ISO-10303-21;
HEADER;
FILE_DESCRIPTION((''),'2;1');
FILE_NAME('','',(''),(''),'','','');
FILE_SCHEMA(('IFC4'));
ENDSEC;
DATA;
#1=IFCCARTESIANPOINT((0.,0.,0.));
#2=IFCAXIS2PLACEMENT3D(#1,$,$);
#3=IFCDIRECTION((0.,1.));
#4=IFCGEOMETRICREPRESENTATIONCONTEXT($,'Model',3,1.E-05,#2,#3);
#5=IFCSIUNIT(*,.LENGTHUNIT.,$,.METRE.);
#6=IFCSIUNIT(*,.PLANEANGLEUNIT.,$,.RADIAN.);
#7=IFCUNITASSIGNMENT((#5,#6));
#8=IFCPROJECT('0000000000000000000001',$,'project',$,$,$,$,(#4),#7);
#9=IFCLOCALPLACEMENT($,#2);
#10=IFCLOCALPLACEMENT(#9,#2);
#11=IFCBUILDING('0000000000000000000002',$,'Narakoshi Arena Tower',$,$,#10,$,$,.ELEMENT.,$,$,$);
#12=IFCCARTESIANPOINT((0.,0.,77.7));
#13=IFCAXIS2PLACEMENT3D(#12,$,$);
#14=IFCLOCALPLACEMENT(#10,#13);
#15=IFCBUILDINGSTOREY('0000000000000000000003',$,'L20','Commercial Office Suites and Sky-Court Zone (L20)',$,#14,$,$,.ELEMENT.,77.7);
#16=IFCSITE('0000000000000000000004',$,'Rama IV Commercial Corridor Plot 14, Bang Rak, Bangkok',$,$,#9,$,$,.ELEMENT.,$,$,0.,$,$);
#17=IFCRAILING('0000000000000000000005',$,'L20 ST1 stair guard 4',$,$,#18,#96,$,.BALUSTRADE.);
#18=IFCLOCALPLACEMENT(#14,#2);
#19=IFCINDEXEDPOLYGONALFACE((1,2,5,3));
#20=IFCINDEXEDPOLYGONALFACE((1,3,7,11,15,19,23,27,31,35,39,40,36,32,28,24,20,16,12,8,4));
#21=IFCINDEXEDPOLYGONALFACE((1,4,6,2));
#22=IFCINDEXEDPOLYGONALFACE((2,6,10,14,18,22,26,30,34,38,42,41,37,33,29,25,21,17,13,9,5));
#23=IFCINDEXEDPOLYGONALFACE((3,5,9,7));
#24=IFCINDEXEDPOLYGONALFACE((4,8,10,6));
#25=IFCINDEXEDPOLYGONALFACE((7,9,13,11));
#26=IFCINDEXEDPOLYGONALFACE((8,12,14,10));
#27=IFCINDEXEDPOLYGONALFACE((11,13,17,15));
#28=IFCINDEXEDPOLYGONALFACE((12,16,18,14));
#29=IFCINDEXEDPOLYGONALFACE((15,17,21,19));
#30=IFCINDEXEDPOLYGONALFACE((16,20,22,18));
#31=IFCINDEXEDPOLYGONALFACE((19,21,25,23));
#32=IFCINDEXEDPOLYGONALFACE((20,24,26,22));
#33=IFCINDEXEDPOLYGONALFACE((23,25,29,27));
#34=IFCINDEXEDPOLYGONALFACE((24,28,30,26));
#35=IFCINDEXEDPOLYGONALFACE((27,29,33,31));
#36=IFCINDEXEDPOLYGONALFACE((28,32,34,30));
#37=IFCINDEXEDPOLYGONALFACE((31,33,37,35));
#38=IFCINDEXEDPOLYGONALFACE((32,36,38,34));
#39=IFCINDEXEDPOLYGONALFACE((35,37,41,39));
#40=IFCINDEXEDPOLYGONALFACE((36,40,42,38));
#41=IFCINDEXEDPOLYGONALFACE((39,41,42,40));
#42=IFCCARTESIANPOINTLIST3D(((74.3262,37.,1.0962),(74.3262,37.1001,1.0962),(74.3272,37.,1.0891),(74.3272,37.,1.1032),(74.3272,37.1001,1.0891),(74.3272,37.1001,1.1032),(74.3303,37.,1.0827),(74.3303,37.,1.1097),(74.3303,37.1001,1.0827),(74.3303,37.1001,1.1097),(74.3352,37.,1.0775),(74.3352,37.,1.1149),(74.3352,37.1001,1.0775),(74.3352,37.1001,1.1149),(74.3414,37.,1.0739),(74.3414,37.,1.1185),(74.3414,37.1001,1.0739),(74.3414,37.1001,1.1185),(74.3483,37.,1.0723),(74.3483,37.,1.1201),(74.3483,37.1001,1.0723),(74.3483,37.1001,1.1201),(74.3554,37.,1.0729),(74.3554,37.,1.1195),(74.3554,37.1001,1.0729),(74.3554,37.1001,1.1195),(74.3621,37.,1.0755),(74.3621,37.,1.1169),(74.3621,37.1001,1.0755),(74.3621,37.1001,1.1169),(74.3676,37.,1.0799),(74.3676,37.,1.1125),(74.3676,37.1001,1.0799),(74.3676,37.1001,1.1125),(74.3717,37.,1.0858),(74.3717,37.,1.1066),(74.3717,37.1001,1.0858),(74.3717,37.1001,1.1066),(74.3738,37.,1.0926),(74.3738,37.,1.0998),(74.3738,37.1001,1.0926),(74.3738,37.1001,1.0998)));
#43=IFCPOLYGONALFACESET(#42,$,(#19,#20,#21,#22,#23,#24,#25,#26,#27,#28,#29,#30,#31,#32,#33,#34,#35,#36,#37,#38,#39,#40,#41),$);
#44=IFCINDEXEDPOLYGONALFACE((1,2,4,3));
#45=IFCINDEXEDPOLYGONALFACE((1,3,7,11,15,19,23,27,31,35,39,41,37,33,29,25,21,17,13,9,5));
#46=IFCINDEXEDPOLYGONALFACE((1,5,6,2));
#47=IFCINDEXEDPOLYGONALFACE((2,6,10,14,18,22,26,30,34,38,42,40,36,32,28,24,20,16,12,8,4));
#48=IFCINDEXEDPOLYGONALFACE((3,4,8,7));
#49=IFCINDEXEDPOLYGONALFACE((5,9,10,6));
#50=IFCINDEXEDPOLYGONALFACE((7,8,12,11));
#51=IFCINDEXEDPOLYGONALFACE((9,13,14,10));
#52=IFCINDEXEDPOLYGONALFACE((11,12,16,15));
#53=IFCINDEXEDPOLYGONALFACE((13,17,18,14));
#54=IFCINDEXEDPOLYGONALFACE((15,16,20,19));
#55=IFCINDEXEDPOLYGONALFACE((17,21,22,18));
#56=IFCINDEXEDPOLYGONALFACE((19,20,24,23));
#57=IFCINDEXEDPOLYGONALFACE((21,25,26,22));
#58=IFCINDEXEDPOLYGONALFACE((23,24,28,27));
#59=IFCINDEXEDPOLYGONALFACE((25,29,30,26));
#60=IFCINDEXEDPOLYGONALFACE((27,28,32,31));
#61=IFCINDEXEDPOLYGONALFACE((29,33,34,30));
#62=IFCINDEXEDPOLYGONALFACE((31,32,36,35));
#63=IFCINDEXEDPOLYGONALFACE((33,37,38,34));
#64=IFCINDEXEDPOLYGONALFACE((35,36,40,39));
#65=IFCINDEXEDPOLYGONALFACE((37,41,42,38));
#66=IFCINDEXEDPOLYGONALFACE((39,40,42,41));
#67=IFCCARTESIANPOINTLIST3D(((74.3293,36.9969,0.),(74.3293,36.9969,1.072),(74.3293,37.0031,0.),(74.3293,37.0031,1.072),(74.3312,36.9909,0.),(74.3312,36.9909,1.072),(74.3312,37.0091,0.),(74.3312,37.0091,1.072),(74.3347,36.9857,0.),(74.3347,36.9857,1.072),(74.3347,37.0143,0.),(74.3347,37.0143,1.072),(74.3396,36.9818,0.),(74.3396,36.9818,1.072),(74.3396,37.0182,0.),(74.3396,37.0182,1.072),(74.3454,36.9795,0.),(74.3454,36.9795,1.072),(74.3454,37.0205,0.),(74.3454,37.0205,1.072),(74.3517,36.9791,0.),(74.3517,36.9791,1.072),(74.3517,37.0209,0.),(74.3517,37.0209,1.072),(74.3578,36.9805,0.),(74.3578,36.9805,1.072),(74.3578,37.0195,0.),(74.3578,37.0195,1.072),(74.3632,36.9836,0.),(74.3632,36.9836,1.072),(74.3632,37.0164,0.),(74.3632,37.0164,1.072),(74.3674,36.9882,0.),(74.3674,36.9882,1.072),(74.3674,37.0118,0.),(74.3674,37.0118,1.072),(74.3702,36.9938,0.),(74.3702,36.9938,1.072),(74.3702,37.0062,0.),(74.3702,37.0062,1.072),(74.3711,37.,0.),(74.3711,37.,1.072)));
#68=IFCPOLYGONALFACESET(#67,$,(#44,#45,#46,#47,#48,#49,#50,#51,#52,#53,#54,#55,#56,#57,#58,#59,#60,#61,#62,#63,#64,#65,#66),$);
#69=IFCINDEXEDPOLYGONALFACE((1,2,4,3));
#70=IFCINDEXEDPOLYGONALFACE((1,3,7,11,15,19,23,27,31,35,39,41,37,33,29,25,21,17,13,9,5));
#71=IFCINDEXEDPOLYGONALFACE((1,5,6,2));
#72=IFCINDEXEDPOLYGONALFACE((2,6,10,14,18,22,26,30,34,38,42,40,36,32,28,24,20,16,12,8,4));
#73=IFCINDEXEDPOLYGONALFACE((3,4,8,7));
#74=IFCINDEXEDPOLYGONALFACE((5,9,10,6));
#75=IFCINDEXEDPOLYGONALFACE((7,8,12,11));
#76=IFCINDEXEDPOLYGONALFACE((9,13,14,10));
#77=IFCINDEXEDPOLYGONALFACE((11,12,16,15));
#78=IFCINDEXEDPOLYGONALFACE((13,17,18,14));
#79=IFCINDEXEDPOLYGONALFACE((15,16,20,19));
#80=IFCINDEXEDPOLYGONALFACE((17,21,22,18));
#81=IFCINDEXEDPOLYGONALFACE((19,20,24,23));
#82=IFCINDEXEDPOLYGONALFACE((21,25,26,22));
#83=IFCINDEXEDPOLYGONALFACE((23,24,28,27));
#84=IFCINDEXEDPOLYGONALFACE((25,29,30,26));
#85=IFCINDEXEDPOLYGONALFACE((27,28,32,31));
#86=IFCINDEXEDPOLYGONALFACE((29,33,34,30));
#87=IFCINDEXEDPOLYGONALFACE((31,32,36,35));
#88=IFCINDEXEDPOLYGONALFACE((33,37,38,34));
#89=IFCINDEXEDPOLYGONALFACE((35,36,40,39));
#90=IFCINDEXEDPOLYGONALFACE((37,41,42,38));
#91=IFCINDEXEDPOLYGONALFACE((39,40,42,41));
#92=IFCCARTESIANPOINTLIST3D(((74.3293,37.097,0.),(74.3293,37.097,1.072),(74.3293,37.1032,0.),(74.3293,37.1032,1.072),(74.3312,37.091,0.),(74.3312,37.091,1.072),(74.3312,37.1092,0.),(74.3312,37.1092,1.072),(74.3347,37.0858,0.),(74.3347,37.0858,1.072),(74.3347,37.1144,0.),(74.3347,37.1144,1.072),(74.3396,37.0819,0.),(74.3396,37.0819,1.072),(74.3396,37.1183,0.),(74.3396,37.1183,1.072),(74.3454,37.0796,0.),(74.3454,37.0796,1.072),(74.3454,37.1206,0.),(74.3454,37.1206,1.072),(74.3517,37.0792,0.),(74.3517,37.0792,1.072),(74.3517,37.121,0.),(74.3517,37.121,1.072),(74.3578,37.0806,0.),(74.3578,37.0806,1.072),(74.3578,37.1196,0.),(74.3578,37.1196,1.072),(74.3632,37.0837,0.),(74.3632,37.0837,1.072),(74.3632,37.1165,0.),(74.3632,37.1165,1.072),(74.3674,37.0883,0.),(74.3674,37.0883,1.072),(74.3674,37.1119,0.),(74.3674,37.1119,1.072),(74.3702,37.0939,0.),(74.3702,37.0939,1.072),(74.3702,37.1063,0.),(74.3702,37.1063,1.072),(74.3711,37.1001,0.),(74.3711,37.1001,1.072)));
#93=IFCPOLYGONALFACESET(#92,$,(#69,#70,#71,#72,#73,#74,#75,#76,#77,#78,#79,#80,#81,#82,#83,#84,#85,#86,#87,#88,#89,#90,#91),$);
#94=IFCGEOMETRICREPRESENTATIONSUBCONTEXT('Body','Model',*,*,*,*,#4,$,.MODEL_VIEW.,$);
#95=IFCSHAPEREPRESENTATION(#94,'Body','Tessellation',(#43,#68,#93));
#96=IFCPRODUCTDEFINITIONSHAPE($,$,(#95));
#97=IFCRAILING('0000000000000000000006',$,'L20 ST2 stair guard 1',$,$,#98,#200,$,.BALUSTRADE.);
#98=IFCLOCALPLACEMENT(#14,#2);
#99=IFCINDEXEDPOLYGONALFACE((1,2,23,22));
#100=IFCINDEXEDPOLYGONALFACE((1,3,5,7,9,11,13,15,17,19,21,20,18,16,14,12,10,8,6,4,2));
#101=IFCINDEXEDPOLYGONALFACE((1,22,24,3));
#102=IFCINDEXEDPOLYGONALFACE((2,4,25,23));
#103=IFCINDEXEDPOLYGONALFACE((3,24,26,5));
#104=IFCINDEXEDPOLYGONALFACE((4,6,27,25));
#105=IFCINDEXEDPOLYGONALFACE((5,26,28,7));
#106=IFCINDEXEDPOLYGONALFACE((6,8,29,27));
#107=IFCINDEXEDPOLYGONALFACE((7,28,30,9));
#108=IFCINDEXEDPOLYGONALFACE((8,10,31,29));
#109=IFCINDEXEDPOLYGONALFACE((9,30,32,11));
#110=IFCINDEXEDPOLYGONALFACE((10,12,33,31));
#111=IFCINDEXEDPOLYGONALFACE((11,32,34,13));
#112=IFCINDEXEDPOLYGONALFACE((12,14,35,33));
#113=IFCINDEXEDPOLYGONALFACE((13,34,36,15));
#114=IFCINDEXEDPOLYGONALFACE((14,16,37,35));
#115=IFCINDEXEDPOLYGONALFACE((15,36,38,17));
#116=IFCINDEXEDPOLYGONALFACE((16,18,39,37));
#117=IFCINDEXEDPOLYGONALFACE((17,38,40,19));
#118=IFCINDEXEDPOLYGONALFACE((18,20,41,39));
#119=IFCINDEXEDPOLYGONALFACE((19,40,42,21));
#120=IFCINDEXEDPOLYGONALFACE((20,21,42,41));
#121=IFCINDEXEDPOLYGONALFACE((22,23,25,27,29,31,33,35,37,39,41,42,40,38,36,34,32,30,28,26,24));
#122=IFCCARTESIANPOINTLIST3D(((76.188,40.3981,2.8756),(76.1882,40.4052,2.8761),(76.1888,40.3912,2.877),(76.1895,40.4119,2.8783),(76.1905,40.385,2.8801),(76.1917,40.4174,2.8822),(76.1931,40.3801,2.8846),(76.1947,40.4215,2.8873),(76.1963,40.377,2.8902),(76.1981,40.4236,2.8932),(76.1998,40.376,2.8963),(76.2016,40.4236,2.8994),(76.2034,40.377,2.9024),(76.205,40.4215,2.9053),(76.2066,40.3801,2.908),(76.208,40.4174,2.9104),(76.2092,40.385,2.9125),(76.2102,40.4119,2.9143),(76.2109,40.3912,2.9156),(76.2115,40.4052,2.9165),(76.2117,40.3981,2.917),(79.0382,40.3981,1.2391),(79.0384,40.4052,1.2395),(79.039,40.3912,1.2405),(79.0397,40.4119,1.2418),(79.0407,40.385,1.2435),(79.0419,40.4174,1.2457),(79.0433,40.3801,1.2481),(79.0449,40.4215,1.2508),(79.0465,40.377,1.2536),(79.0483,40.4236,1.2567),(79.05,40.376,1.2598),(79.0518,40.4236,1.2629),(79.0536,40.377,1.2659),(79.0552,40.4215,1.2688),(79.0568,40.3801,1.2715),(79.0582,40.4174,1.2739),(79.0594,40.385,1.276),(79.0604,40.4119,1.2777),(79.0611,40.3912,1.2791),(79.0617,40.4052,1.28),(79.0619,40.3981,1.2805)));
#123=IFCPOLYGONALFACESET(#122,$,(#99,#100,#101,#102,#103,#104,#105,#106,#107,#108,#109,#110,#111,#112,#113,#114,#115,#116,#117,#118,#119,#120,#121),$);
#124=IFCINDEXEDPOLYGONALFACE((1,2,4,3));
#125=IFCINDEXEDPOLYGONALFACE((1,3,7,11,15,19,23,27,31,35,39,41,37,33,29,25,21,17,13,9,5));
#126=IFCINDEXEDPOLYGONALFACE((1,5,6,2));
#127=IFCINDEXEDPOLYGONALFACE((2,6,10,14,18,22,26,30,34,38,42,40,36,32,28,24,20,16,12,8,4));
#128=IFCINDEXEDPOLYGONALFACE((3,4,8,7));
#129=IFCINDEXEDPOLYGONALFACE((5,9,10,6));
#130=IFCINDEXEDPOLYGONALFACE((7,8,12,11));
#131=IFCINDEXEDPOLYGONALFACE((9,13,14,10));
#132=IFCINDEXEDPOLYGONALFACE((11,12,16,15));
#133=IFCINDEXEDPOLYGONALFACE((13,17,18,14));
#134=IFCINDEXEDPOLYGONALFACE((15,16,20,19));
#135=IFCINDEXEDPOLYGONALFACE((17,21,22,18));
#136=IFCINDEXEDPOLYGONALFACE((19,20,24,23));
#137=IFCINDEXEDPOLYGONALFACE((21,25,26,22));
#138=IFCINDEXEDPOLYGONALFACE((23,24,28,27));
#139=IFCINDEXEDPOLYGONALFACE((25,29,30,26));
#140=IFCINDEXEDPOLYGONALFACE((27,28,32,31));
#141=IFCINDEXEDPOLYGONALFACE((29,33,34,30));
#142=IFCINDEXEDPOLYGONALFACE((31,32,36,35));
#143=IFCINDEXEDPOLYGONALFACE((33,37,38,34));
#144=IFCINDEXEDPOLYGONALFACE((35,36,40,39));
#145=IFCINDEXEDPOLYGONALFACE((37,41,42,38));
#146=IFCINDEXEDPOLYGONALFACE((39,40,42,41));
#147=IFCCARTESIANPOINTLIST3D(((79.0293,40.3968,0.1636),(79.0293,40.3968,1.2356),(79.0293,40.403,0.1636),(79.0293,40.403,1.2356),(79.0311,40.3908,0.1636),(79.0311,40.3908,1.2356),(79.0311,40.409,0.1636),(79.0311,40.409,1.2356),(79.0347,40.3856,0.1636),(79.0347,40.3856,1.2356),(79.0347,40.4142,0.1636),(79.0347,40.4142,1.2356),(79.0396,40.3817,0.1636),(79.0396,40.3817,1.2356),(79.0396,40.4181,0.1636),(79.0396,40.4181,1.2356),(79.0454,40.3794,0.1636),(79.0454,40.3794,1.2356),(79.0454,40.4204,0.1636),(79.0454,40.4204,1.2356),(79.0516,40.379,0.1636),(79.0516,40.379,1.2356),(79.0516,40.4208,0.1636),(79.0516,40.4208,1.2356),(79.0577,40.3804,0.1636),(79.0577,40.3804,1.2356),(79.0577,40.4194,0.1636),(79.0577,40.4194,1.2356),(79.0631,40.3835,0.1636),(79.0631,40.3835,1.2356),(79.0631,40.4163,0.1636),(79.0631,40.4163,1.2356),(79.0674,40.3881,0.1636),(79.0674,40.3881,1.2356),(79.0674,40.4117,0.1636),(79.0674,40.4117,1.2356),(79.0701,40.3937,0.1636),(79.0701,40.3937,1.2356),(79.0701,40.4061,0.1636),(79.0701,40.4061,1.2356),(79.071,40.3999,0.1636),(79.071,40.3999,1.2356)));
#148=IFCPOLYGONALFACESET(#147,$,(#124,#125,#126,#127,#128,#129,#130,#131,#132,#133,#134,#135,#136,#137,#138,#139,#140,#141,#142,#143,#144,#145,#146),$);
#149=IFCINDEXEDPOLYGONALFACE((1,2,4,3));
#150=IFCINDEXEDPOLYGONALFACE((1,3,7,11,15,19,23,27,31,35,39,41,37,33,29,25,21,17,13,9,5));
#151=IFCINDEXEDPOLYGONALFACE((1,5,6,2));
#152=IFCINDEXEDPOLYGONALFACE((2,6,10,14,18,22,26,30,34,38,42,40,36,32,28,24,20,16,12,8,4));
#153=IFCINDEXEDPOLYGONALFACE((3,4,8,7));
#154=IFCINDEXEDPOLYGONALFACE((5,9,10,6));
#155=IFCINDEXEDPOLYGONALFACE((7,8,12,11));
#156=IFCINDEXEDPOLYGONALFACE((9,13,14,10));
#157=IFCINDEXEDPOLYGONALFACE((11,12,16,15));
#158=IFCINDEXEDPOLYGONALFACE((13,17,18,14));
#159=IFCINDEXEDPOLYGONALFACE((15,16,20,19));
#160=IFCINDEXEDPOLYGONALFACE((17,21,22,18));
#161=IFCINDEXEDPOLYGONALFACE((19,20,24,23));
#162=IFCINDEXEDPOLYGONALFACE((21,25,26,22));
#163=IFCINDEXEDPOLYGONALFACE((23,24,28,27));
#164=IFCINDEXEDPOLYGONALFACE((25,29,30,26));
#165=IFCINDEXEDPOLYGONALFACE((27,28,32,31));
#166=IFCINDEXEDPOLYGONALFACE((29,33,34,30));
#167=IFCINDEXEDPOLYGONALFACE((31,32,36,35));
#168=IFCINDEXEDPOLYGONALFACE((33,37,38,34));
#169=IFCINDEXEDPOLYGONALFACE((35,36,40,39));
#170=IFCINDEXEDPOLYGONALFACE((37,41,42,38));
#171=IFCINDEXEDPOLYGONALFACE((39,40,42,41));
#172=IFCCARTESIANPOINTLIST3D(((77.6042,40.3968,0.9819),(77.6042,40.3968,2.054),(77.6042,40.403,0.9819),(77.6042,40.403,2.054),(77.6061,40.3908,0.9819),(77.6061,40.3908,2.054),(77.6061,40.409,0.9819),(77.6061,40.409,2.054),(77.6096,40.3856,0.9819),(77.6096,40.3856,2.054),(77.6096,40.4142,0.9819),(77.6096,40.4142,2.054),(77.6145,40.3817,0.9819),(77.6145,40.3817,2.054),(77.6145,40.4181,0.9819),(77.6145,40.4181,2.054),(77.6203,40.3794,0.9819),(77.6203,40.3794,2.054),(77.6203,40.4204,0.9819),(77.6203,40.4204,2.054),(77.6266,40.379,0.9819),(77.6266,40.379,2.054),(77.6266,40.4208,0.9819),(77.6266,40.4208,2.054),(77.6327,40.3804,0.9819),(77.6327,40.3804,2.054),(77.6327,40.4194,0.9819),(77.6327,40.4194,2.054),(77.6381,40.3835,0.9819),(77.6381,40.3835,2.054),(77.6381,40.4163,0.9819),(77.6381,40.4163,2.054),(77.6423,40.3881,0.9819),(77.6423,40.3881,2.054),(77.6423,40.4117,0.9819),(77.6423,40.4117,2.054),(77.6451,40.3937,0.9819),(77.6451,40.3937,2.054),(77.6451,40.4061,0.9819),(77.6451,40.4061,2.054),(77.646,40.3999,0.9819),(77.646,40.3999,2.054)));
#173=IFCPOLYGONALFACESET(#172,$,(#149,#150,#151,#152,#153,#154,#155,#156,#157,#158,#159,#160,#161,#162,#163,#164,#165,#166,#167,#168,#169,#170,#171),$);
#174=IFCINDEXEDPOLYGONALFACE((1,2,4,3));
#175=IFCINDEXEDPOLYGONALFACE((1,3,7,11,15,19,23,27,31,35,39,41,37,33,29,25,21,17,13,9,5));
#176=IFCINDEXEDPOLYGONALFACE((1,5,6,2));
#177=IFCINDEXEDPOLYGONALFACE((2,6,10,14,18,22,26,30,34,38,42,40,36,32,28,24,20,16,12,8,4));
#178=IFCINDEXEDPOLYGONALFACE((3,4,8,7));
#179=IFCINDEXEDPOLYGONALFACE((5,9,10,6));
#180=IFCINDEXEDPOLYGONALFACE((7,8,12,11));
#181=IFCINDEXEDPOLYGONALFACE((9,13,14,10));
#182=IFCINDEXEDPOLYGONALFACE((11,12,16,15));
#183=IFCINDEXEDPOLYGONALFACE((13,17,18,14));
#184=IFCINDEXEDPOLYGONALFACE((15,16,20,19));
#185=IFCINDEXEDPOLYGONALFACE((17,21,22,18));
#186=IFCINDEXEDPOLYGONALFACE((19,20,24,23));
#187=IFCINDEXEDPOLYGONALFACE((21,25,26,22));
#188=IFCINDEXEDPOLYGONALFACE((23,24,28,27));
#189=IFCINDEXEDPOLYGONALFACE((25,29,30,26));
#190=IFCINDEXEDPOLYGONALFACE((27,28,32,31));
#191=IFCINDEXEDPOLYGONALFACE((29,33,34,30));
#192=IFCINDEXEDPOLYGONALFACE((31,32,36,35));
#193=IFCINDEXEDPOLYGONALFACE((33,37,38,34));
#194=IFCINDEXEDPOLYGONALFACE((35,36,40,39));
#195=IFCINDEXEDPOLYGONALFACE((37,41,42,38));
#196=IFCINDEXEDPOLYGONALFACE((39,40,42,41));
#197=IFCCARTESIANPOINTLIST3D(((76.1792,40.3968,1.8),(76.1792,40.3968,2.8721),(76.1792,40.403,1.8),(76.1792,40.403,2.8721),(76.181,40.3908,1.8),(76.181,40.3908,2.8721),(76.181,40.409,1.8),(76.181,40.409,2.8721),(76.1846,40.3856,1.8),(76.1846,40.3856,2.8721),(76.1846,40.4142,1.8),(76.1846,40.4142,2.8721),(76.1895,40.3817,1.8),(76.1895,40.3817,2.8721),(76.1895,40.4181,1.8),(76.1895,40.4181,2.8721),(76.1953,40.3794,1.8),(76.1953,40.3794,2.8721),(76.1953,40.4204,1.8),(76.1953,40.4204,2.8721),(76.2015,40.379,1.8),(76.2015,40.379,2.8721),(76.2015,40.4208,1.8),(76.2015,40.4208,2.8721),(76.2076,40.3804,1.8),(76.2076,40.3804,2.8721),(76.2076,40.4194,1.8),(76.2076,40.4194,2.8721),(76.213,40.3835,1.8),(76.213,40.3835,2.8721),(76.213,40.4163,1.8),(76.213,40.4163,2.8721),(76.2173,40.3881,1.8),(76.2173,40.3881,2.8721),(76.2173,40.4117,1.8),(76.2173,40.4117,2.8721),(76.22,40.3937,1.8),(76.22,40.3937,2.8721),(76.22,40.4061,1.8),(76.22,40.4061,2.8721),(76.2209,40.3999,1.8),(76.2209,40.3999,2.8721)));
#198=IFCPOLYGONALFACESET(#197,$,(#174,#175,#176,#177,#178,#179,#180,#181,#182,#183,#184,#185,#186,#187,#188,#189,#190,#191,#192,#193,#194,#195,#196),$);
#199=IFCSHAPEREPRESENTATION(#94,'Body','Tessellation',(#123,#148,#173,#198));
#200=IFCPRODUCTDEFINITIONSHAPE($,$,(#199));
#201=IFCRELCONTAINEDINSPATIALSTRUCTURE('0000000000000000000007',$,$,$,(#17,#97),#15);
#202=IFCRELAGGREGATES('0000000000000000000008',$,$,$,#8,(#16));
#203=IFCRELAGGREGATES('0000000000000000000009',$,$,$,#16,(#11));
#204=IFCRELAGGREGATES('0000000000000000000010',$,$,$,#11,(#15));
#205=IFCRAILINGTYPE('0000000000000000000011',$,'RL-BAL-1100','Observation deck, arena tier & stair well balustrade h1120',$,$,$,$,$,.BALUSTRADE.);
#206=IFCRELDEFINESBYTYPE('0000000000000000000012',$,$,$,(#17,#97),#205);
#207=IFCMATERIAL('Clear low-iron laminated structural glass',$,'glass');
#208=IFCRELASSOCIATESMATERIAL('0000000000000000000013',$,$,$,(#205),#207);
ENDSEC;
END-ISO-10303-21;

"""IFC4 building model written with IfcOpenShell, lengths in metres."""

from ifc_helpers import new_model, si_unit, direction, frame, origin, origin_2d, place, context, subcontext, project, spatial, circle, extrude, material, type_object, element, save


model = new_model("IFC4")

# Units and contexts
model_context = context("Model", 3, precision=1e-05, world=origin(), true_north=direction((0.0, 1.0)))
body_context = subcontext(model_context, "Body", "Model", "MODEL_VIEW")
ifc_project = project(units=[si_unit("LENGTHUNIT", "METRE"), si_unit("PLANEANGLEUNIT", "RADIAN")], contexts=[model_context])

# Site, building, storey
site_placement = place(None, origin())
site = spatial("IfcSite", under=ifc_project, at=site_placement, Name="Rama IV Commercial Corridor Plot 14, Bang Rak, Bangkok", CompositionType="ELEMENT", RefElevation=0.0)
building_placement = place(site_placement, origin())
building = spatial("IfcBuilding", under=site, at=building_placement, Name="Narakoshi Arena Tower", CompositionType="ELEMENT")
storey_placement = place(building_placement, frame((0.0, 0.0, 77.7)))
storey = spatial("IfcBuildingStorey", under=building, at=storey_placement, Name="L20", Description="Commercial Office Suites and Sky-Court Zone (L20)", CompositionType="ELEMENT", Elevation=77.7)

# Railings
ifc_material_1 = material(Name="Clear low-iron laminated structural glass", Category="glass")
railing_type_1 = type_object("IfcRailingType", Name="RL-BAL-1100", Description="Observation deck, arena tier & stair well balustrade h1120", PredefinedType="BALUSTRADE", material=ifc_material_1)
railing_1_placement = place(storey_placement, frame((74.3501, 37.0, 0.0)))
element("IfcRailing", 1, at=railing_1_placement, inside=storey, type_object=railing_type_1, Name="L20 ST1 stair guard 4", PredefinedType="BALUSTRADE", context=body_context, shape_type="SweptSolid", body=[
    extrude(circle(Radius=0.0239, at=origin_2d()), frame((0.0, 0.0, 1.0962), z_axis=(0.0, 1.0, 0.0), x_axis=(-1.0, 0.0, 0.0)), (0.0, 0.0, 1.0), 0.1001),
    extrude(circle(Radius=0.021, at=origin_2d()), origin(), (0.0, 0.0, 1.0), 1.072),
    extrude(circle(Radius=0.021, at=origin_2d()), frame((0.0, 0.1001, 0.0)), (0.0, 0.0, 1.0), 1.072),
])
railing_2_placement = place(storey_placement, frame((79.05, 40.3999, 0.1636)))
element("IfcRailing", 2, at=railing_2_placement, inside=storey, type_object=railing_type_1, Name="L20 ST2 stair guard 1", PredefinedType="BALUSTRADE", context=body_context, shape_type="SweptSolid", body=[
    extrude(circle(Radius=0.0239, at=origin_2d()), frame((0.0, 0.0, 1.0962), z_axis=(-0.867213, 0.0, 0.497938), x_axis=(0.0, -1.0, 0.0)), (0.0, 0.0, 1.0), 3.2866),
    extrude(circle(Radius=0.021, at=origin_2d()), origin(), (0.0, 0.0, 1.0), 1.072),
    extrude(circle(Radius=0.021, at=origin_2d()), frame((-1.425, 0.0, 0.8184)), (0.0, 0.0, 1.0), 1.072),
    extrude(circle(Radius=0.021, at=origin_2d()), frame((-2.8501, 0.0, 1.6365)), (0.0, 0.0, 1.0), 1.072),
])

save(model, "model.ifc")
